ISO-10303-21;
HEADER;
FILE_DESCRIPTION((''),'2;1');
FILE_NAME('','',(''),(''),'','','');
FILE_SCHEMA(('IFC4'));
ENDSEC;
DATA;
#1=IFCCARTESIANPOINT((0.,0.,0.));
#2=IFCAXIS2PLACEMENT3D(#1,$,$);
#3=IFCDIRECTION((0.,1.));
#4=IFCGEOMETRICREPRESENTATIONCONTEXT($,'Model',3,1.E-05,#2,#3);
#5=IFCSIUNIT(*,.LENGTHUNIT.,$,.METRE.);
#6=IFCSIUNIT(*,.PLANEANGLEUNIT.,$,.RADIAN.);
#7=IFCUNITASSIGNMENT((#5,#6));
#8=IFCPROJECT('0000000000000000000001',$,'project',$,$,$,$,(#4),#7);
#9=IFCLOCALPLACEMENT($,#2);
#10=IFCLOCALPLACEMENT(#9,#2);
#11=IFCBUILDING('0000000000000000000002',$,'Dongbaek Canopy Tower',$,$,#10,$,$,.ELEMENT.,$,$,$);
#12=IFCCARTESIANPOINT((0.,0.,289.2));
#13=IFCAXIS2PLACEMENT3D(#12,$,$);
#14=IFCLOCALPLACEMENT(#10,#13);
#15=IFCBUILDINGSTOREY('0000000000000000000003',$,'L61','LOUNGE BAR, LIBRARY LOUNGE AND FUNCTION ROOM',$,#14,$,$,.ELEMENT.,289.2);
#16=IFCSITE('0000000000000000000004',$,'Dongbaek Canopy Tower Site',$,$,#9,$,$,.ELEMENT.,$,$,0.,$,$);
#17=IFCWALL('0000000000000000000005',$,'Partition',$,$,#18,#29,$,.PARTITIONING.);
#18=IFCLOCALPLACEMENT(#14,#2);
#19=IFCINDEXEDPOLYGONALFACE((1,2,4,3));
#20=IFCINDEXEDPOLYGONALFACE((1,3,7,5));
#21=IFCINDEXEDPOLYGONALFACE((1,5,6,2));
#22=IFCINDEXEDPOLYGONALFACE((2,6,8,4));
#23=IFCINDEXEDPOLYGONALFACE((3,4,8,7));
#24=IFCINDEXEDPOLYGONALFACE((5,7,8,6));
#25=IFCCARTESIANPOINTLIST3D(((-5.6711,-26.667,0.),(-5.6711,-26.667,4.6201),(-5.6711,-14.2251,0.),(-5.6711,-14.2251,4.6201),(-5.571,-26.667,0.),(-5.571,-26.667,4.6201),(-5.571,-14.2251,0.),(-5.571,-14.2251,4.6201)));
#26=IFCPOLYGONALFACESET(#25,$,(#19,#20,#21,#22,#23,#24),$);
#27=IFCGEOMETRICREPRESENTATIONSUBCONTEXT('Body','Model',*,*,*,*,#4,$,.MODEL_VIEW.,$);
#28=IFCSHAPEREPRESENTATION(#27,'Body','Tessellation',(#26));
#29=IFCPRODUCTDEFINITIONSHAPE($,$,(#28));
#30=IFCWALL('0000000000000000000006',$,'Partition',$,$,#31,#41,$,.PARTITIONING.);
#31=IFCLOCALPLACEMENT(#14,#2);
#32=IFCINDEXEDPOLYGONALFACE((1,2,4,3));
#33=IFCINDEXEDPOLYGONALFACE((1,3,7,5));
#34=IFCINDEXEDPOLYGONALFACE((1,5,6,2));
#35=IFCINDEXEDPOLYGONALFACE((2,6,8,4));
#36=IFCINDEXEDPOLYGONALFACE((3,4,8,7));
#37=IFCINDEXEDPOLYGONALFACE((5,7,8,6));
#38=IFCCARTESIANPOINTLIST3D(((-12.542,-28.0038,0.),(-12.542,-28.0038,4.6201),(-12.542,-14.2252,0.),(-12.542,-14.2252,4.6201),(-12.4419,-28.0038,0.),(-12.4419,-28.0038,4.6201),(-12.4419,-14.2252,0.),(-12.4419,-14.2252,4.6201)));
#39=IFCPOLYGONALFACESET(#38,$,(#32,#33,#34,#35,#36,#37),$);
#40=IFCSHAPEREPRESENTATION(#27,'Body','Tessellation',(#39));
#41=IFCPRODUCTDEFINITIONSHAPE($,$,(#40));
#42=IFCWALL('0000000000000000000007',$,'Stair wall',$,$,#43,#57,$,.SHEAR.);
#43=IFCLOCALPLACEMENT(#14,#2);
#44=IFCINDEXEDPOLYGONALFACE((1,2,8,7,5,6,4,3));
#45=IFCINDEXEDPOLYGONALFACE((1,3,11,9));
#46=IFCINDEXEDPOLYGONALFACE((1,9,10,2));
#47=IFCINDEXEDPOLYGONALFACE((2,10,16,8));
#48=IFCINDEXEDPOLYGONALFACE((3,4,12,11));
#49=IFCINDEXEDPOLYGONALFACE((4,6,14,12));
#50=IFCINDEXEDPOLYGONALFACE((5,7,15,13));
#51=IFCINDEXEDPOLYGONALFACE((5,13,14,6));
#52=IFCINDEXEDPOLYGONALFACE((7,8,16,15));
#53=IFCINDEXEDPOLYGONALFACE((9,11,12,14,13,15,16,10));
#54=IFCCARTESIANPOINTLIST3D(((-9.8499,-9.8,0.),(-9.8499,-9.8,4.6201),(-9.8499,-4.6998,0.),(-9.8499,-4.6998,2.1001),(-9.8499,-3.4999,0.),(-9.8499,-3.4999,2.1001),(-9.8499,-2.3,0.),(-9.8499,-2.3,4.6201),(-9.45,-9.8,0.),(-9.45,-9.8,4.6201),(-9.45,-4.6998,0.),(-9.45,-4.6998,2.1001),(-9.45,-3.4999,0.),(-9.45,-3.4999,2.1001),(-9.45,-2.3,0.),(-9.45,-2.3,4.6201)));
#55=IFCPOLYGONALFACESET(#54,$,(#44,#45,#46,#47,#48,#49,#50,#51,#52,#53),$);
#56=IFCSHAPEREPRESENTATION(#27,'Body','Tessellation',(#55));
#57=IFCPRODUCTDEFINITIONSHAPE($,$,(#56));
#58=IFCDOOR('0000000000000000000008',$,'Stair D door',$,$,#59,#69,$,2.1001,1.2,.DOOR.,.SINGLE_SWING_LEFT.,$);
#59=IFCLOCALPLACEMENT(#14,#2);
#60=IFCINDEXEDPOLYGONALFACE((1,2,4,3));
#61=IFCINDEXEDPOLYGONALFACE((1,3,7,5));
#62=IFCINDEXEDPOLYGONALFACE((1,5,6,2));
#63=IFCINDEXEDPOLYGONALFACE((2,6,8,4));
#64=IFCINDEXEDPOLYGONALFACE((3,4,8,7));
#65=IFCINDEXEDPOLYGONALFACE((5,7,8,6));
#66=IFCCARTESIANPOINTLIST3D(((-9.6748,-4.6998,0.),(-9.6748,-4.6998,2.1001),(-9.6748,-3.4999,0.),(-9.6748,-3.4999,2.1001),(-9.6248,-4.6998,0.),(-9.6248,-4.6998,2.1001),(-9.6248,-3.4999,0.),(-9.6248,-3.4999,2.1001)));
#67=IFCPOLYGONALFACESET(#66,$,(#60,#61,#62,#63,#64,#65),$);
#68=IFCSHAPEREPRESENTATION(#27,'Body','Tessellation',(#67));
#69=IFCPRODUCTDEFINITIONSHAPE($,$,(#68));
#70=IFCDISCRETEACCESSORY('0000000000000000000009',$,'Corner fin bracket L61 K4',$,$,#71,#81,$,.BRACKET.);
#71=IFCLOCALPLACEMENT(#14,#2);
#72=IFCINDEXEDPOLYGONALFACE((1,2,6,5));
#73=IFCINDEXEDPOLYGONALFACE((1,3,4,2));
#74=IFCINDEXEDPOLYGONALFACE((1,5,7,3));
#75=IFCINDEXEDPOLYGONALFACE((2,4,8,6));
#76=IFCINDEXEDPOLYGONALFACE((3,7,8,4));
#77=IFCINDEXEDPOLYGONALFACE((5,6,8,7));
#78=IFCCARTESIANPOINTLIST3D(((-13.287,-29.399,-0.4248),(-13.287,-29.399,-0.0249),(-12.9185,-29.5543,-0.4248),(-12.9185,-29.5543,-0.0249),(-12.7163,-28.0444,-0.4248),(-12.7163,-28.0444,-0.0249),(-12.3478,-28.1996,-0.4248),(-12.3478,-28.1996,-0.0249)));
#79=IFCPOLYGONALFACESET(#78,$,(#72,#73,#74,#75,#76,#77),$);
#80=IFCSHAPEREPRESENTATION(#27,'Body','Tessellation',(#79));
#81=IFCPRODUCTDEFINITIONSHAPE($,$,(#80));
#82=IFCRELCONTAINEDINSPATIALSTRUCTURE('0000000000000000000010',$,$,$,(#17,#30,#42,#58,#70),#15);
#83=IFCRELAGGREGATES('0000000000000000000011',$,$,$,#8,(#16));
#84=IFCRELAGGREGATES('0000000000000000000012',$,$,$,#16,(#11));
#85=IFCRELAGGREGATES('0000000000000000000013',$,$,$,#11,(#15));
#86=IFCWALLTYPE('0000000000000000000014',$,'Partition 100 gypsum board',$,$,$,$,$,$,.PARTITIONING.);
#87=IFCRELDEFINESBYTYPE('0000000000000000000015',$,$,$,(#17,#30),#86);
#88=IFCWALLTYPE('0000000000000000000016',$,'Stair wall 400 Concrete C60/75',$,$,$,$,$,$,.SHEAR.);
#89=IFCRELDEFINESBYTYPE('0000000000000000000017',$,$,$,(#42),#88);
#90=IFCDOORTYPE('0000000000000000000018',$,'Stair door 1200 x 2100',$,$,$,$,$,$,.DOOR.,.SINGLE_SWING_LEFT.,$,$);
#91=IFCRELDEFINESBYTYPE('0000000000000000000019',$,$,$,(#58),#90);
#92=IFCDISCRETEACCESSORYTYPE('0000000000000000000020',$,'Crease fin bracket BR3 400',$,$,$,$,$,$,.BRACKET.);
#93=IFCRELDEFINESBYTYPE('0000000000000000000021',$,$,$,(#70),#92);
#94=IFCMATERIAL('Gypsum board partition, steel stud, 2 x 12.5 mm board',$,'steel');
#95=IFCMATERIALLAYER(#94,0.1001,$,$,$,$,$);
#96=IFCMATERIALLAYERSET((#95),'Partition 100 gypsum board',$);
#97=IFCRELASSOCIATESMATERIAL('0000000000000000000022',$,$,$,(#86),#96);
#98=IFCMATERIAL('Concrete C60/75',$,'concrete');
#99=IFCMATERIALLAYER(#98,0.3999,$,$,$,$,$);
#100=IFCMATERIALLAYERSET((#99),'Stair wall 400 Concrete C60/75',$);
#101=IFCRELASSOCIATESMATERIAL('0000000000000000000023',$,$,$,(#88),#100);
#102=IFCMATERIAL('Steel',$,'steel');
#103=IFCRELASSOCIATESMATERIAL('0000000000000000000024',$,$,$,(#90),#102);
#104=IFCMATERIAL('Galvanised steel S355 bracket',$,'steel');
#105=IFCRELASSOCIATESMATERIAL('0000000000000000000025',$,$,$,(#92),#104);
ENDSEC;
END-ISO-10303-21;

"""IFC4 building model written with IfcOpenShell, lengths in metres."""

from ifc_helpers import new_model, si_unit, direction, frame, frame_2d, origin, origin_2d, place, context, subcontext, project, spatial, rectangle, extrude, material, layer, layer_set, type_object, element, fill, save


model = new_model("IFC4")

# Units and contexts
model_context = context("Model", 3, precision=1e-05, world=origin(), true_north=direction((0.0, 1.0)))
body_context = subcontext(model_context, "Body", "Model", "MODEL_VIEW")
ifc_project = project(units=[si_unit("LENGTHUNIT", "METRE"), si_unit("PLANEANGLEUNIT", "RADIAN")], contexts=[model_context])

# Site, building, storey
site_placement = place(None, origin())
site = spatial("IfcSite", under=ifc_project, at=site_placement, Name="Dongbaek Canopy Tower Site", CompositionType="ELEMENT", RefElevation=0.0)
building_placement = place(site_placement, origin())
building = spatial("IfcBuilding", under=site, at=building_placement, Name="Dongbaek Canopy Tower", CompositionType="ELEMENT")
storey_placement = place(building_placement, frame((0.0, 0.0, 289.2)))
storey = spatial("IfcBuildingStorey", under=building, at=storey_placement, Name="L61", Description="LOUNGE BAR, LIBRARY LOUNGE AND FUNCTION ROOM", CompositionType="ELEMENT", Elevation=289.2)

# Walls
ifc_material_1 = material(Name="Gypsum board partition, steel stud, 2 x 12.5 mm board", Category="steel")
ifc_layer_1 = layer(ifc_material_1, 0.1001)
ifc_layer_set_1 = layer_set([ifc_layer_1], Name="Partition 100 gypsum board")
wall_type_1 = type_object("IfcWallType", Name="Partition 100 gypsum board", PredefinedType="PARTITIONING", material=ifc_layer_set_1)
wall_1_placement = place(storey_placement, frame((-5.6211, -26.667, 0.0), z_axis=(0.0, 0.0, 1.0), x_axis=(0.0, 1.0, 0.0)))
element("IfcWall", 1, at=wall_1_placement, inside=storey, type_object=wall_type_1, Name="Partition", PredefinedType="PARTITIONING", context=body_context, shape_type="SweptSolid", body=[
    extrude(rectangle(XDim=12.4419, YDim=0.1001, at=frame_2d((6.2209, 0.0))), origin(), (0.0, 0.0, 1.0), 4.6201),
])
wall_2_placement = place(storey_placement, frame((-12.4919, -28.0037, 0.0), z_axis=(0.0, 0.0, 1.0), x_axis=(0.0, 1.0, 0.0)))
element("IfcWall", 2, at=wall_2_placement, inside=storey, type_object=wall_type_1, Name="Partition", PredefinedType="PARTITIONING", context=body_context, shape_type="SweptSolid", body=[
    extrude(rectangle(XDim=13.7786, YDim=0.1001, at=frame_2d((6.8892, 0.0))), origin(), (0.0, 0.0, 1.0), 4.6201),
])

# Wall, opening, door
ifc_material_2 = material(Name="Concrete C60/75", Category="concrete")
ifc_layer_2 = layer(ifc_material_2, 0.3999)
ifc_layer_set_2 = layer_set([ifc_layer_2], Name="Stair wall 400 Concrete C60/75")
wall_type_2 = type_object("IfcWallType", Name="Stair wall 400 Concrete C60/75", PredefinedType="SHEAR", material=ifc_layer_set_2)
wall_3_placement = place(storey_placement, frame((-9.6499, -9.8, 0.0), z_axis=(0.0, 0.0, 1.0), x_axis=(0.0, 1.0, 0.0)))
wall_3 = element("IfcWall", 3, at=wall_3_placement, inside=storey, type_object=wall_type_2, Name="Stair wall", PredefinedType="SHEAR", context=body_context, shape_type="SweptSolid", body=[
    extrude(rectangle(XDim=7.5, YDim=0.3999, at=frame_2d((3.75, 0.0))), origin(), (0.0, 0.0, 1.0), 4.6201),
])
opening_placement = place(wall_3_placement, frame((5.1001, 0.0, 0.0)))
opening = element("IfcOpeningElement", 4, at=opening_placement, cuts=wall_3, PredefinedType="OPENING", context=body_context, shape_type="SweptSolid", body=[
    extrude(rectangle(XDim=1.2, YDim=2.1001, at=frame_2d((0.6001, 1.05))), frame((0.0, 0.21, 0.0), z_axis=(0.0, -1.0, 0.0), x_axis=(1.0, 0.0, 0.0)), (0.0, 0.0, 1.0), 0.4199),
])
ifc_material_3 = material(Name="Steel", Category="steel")
door_type = type_object("IfcDoorType", Name="Stair door 1200 x 2100", OperationType="SINGLE_SWING_LEFT", PredefinedType="DOOR", material=ifc_material_3)
door_placement = place(opening_placement, origin())
door = element("IfcDoor", 5, at=door_placement, inside=storey, type_object=door_type, Name="Stair D door", OperationType="SINGLE_SWING_LEFT", OverallHeight=2.1001, OverallWidth=1.2, PredefinedType="DOOR", context=body_context, shape_type="SweptSolid", body=[
    extrude(rectangle(XDim=1.2, YDim=2.1001, at=frame_2d((0.6001, 1.05))), frame((0.0, 0.0249, 0.0), z_axis=(0.0, -1.0, 0.0), x_axis=(1.0, 0.0, 0.0)), (0.0, 0.0, 1.0), 0.05),
])
fill(opening, door)

# Discrete accessory
ifc_material_4 = material(Name="Galvanised steel S355 bracket", Category="steel")
discrete_accessory_type = type_object("IfcDiscreteAccessoryType", Name="Crease fin bracket BR3 400", PredefinedType="BRACKET", material=ifc_material_4)
discrete_accessory_placement = place(storey_placement, frame((-12.8174, -28.7993, -0.4248), z_axis=(0.0, 0.0, 1.0), x_axis=(-0.388231, -0.921562, 0.0)))
element("IfcDiscreteAccessory", 6, at=discrete_accessory_placement, inside=storey, type_object=discrete_accessory_type, Name="Corner fin bracket L61 K4", PredefinedType="BRACKET", context=body_context, shape_type="SweptSolid", body=[
    extrude(rectangle(XDim=1.47, YDim=0.3999, at=origin_2d()), origin(), (0.0, 0.0, 1.0), 0.3999),
])

save(model, "model.ifc")
